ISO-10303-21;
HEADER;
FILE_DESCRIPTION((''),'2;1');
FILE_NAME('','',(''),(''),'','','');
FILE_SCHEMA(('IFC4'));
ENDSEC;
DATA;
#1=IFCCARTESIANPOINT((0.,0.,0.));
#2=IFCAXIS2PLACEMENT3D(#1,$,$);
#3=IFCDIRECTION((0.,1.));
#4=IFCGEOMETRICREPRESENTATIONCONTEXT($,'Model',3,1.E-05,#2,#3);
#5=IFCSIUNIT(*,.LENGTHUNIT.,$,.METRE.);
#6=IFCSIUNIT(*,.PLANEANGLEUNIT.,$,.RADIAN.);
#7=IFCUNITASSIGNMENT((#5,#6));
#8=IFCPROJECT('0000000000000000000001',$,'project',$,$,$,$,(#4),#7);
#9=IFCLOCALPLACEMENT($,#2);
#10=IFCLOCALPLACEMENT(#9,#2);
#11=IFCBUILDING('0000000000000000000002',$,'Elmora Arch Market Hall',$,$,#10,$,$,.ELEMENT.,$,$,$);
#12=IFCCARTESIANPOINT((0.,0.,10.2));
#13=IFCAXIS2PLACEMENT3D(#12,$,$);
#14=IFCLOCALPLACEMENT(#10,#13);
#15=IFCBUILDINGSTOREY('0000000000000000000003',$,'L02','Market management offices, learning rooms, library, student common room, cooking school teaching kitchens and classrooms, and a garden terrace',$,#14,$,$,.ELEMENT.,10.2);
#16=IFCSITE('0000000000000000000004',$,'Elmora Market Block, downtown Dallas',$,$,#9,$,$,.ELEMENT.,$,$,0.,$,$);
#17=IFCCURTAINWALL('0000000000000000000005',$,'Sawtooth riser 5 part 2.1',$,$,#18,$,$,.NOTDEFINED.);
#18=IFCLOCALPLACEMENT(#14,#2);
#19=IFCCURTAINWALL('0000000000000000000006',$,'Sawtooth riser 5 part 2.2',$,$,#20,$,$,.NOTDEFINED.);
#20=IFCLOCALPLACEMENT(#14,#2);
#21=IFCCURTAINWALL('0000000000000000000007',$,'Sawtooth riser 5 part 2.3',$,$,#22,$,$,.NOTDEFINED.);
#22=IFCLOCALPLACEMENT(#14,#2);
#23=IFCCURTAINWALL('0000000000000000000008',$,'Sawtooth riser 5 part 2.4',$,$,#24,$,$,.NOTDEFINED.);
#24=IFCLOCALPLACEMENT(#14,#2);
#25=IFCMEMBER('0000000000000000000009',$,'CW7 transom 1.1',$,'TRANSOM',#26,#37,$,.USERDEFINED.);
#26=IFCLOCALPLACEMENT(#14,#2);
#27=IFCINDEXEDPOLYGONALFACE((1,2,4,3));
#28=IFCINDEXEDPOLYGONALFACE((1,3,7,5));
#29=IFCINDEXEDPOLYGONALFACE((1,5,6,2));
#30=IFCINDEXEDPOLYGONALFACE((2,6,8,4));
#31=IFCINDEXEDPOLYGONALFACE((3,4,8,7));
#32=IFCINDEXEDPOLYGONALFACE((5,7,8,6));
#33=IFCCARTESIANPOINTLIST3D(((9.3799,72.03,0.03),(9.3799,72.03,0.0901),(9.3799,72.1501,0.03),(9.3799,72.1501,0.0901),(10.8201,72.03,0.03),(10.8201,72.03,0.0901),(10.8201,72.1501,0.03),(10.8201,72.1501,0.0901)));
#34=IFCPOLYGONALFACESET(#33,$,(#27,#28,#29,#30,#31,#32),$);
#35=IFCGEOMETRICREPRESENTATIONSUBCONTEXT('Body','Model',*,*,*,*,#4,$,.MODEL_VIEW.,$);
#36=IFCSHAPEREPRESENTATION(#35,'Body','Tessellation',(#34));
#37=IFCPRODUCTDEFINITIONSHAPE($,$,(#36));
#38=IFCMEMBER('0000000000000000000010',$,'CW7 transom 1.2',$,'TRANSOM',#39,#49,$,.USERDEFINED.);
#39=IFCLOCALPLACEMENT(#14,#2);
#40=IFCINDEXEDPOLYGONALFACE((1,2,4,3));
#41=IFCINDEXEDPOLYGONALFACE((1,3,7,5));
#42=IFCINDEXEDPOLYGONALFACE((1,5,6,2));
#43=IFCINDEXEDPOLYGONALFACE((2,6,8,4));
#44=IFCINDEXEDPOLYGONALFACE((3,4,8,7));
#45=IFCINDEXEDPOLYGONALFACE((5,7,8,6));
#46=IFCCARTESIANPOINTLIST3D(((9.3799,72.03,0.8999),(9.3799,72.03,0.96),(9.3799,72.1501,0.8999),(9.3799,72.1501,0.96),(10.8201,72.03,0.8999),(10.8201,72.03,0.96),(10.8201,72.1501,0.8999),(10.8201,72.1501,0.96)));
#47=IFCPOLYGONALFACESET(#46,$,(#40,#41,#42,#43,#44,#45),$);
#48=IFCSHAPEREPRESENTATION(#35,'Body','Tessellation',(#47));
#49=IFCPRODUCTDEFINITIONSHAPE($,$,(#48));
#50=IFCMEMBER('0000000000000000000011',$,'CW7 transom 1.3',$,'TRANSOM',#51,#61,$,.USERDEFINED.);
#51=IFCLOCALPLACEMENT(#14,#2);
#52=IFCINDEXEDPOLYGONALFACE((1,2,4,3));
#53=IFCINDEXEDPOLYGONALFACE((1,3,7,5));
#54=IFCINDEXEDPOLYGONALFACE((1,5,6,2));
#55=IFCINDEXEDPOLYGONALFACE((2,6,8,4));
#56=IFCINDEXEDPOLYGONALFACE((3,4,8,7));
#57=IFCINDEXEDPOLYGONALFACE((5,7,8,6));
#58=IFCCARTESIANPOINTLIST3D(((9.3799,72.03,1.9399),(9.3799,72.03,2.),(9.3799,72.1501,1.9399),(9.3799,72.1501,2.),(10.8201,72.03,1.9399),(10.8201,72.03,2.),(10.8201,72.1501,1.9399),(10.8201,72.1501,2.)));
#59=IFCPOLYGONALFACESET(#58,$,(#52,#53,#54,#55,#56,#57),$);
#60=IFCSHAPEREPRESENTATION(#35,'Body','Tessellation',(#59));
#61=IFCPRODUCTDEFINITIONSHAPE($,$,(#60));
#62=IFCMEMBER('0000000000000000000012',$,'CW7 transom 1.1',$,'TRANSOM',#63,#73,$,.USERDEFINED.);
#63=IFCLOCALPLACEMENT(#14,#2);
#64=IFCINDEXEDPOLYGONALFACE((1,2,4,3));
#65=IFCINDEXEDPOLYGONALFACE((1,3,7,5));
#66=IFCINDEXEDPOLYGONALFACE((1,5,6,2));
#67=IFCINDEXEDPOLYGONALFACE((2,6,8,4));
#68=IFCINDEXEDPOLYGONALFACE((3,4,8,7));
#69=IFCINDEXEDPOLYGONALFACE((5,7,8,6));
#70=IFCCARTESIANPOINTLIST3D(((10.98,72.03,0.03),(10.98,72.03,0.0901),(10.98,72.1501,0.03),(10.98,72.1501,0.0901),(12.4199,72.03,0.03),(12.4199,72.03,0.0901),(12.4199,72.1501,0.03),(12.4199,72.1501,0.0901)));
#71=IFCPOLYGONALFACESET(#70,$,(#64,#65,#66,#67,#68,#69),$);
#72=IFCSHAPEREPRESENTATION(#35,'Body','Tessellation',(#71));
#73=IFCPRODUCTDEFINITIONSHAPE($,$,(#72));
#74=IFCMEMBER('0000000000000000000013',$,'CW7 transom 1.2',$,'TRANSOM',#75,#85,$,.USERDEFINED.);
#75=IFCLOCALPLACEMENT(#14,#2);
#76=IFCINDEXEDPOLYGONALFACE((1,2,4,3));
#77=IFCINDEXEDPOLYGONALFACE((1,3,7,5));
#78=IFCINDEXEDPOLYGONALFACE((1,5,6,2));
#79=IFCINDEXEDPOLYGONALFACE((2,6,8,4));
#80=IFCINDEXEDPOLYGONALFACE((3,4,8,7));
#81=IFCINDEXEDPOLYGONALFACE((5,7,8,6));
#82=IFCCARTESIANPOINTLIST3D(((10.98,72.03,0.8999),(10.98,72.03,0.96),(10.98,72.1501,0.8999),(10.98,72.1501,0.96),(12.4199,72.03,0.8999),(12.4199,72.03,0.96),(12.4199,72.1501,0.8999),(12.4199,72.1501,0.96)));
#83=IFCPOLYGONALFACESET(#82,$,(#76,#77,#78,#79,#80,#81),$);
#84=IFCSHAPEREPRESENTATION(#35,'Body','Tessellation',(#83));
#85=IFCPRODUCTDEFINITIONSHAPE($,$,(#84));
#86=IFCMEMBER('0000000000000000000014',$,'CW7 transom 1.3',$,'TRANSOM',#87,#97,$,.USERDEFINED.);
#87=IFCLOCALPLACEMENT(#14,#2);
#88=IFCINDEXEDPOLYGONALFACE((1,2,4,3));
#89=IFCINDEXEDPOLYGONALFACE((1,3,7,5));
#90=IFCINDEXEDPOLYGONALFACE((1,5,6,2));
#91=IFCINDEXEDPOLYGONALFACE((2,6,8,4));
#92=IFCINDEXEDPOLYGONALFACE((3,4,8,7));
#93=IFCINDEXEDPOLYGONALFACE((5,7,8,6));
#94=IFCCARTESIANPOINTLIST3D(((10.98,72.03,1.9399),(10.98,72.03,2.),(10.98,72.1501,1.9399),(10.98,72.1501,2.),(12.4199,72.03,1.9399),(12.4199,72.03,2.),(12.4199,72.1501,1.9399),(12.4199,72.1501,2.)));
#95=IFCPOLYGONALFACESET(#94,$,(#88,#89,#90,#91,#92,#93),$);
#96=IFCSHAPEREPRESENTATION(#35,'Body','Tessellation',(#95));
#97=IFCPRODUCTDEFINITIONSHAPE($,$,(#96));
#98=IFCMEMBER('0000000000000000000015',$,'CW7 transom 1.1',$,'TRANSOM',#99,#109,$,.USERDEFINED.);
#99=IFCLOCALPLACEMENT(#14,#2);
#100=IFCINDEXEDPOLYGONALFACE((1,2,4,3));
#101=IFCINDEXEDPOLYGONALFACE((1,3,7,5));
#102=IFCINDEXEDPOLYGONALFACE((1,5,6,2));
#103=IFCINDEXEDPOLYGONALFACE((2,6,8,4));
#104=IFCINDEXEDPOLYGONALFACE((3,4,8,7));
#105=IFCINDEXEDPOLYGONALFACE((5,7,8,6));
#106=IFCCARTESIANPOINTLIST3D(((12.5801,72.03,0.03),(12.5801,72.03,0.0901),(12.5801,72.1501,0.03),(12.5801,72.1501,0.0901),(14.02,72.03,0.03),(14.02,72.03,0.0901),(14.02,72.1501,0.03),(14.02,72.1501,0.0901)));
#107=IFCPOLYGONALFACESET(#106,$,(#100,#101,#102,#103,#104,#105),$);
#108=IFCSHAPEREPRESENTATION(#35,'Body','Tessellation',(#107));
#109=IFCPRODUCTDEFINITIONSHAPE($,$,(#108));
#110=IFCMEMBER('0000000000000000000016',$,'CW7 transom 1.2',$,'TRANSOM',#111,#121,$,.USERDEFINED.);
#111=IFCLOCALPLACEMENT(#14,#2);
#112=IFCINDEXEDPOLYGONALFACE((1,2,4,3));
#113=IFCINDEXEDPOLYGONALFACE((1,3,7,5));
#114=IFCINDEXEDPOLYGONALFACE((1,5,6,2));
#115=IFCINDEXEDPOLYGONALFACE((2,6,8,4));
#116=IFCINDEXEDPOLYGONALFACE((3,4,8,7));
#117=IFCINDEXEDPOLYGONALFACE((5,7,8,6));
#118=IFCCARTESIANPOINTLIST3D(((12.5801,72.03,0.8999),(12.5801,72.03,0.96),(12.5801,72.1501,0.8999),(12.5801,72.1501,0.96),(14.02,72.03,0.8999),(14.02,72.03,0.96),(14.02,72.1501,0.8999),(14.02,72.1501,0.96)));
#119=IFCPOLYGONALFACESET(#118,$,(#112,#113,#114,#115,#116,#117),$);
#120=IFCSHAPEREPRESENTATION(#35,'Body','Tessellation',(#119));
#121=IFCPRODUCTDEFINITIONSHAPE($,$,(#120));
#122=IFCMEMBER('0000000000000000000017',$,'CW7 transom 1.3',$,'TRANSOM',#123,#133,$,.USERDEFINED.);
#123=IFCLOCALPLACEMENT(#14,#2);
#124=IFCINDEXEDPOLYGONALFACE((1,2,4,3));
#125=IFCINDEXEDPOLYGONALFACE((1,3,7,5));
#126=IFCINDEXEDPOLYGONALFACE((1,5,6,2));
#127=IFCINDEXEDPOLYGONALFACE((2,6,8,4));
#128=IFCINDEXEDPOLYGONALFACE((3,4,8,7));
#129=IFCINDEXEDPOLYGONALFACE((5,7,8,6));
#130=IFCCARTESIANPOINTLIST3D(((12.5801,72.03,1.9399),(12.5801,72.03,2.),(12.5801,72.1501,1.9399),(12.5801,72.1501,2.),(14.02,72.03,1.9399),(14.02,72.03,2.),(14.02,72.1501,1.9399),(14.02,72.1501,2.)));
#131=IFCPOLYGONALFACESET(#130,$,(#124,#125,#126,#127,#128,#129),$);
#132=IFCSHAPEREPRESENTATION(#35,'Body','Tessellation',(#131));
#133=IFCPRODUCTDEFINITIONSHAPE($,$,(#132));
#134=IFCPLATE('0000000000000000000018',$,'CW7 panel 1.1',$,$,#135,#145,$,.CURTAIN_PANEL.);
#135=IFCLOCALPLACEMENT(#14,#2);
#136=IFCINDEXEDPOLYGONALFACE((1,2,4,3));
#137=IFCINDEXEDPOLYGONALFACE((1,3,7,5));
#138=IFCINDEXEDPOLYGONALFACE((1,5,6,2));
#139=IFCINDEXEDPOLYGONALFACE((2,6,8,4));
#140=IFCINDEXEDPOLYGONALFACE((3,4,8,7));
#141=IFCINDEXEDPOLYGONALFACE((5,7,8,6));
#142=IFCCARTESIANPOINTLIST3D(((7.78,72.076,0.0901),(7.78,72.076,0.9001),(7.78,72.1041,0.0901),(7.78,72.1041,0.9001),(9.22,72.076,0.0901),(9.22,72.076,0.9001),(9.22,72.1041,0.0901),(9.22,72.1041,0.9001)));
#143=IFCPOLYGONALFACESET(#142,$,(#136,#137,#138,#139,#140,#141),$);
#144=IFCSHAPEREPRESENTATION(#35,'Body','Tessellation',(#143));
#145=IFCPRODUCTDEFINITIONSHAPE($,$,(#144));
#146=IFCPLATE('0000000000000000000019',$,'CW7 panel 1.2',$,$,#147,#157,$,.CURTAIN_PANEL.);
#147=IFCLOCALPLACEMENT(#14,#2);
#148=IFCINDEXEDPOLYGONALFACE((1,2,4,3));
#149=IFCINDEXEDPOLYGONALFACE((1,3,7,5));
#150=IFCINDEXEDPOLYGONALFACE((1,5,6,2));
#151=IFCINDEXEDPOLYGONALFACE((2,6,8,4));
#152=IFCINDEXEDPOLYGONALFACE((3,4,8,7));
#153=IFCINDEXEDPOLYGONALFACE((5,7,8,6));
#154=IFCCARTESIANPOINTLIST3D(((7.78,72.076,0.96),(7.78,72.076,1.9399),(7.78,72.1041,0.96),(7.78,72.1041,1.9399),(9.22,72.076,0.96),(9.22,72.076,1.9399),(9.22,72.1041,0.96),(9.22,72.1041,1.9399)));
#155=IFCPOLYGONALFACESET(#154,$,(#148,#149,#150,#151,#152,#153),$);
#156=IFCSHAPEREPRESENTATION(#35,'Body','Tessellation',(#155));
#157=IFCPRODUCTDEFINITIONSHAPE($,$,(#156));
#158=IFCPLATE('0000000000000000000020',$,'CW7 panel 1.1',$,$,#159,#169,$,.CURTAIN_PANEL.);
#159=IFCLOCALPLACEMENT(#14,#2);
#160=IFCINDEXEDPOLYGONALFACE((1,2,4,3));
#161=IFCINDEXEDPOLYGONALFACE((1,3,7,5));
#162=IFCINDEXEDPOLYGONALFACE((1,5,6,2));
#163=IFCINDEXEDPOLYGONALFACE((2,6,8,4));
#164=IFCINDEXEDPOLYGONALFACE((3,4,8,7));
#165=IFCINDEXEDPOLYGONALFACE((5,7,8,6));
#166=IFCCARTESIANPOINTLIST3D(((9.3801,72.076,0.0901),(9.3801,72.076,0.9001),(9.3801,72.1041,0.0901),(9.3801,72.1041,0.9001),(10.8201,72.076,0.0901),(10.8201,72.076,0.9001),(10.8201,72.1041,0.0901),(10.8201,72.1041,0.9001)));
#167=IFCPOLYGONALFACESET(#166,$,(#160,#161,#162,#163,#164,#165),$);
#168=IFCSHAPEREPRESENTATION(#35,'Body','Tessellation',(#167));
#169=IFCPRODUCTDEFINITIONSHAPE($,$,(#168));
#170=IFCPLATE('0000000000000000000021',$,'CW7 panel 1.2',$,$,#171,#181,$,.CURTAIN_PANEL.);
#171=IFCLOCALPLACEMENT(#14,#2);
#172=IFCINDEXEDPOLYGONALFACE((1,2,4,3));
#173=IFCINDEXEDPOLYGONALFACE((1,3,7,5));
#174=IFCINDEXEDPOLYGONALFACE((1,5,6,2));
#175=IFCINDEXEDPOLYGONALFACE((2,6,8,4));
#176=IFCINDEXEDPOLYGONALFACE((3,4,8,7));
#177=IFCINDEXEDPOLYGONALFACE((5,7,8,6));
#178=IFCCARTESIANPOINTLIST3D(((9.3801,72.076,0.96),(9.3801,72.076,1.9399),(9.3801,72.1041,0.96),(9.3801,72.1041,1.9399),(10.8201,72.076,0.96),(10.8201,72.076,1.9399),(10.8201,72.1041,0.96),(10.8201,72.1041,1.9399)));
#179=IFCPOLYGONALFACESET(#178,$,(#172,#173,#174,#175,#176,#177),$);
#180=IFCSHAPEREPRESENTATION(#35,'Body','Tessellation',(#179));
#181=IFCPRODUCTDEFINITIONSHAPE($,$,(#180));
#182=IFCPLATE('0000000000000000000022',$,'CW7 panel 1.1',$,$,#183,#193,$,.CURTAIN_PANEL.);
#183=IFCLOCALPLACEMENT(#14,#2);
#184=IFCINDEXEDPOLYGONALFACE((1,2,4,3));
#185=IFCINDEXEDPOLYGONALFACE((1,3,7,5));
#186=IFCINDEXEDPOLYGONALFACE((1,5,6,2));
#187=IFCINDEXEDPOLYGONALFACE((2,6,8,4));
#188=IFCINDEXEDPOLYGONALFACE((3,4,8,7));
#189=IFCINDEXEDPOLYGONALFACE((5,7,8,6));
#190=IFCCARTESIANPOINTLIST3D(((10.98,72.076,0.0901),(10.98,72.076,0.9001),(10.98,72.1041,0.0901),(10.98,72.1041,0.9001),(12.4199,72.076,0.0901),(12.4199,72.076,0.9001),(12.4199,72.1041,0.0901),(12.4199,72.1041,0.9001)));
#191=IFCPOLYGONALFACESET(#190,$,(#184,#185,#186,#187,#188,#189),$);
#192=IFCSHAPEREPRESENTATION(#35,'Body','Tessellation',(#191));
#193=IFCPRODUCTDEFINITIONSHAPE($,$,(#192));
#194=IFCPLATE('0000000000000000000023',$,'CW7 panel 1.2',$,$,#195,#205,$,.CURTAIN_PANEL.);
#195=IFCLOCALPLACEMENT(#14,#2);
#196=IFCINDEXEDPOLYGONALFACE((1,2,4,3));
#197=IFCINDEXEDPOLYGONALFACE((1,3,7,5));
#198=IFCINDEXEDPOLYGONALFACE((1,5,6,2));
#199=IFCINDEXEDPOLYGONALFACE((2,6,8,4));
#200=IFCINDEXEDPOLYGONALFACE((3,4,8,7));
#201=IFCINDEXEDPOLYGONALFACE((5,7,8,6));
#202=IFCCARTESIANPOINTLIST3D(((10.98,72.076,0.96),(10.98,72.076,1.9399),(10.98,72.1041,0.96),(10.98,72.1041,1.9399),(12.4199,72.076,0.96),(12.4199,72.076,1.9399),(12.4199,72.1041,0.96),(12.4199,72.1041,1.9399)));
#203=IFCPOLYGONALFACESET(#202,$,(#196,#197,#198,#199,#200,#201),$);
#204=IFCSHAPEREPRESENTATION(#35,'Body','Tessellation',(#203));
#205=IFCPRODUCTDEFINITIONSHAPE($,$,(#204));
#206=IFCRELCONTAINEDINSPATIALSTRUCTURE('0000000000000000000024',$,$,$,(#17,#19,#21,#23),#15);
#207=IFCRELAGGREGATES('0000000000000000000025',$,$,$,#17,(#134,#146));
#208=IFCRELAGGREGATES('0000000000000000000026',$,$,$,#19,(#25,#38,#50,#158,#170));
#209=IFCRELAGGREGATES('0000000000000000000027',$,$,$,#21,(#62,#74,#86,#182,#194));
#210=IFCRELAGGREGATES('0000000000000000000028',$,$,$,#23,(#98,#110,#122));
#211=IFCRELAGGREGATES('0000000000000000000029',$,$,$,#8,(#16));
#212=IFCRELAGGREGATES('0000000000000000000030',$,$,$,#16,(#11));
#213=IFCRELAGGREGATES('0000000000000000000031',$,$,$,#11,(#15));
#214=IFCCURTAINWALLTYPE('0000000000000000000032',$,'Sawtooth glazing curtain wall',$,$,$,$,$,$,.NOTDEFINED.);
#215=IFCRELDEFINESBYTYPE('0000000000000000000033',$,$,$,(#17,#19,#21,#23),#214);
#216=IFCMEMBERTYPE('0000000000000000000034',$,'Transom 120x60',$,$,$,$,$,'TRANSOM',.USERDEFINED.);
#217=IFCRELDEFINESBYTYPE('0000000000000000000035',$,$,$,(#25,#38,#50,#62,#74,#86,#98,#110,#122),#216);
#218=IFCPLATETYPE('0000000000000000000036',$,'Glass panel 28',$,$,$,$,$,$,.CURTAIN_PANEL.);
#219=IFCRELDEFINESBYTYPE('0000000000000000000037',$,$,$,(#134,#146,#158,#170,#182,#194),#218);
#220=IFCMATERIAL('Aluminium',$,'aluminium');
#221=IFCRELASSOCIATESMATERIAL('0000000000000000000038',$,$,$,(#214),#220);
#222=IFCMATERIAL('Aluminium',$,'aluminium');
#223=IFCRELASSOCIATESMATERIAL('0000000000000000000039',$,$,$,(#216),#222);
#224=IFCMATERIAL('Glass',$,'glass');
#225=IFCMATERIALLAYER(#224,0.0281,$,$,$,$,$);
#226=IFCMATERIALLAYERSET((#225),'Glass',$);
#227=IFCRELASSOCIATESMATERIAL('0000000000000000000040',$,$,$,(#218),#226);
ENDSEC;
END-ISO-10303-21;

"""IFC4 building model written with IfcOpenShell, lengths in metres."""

from ifc_helpers import new_model, si_unit, direction, frame, origin, origin_2d, place, context, subcontext, project, spatial, rectangle, extrude, material, layer, layer_set, material_profile, profile_set, type_object, element, aggregate, save


model = new_model("IFC4")

# Units and contexts
model_context = context("Model", 3, precision=1e-05, world=origin(), true_north=direction((0.0, 1.0)))
body_context = subcontext(model_context, "Body", "Model", "MODEL_VIEW")
ifc_project = project(units=[si_unit("LENGTHUNIT", "METRE"), si_unit("PLANEANGLEUNIT", "RADIAN")], contexts=[model_context])

# Site, building, storey
site_placement = place(None, origin())
site = spatial("IfcSite", under=ifc_project, at=site_placement, Name="Elmora Market Block, downtown Dallas", CompositionType="ELEMENT", RefElevation=0.0)
building_placement = place(site_placement, origin())
building = spatial("IfcBuilding", under=site, at=building_placement, Name="Elmora Arch Market Hall", CompositionType="ELEMENT")
storey_placement = place(building_placement, frame((0.0, 0.0, 10.2)))
storey = spatial("IfcBuildingStorey", under=building, at=storey_placement, Name="L02", Description="Market management offices, learning rooms, library, student common room, cooking school teaching kitchens and classrooms, and a garden terrace", CompositionType="ELEMENT", Elevation=10.2)

# Shared definitions
ifc_material_1 = material(Name="Aluminium", Category="aluminium")
curtain_wall_type = type_object("IfcCurtainWallType", Name="Sawtooth glazing curtain wall", PredefinedType="NOTDEFINED", material=ifc_material_1)

# Curtain walls
curtain_wall_1_placement = place(storey_placement, origin())
curtain_wall_1 = element("IfcCurtainWall", 1, at=curtain_wall_1_placement, inside=storey, type_object=curtain_wall_type, Name="Sawtooth riser 5 part 2.1", PredefinedType="NOTDEFINED")
curtain_wall_2_placement = place(storey_placement, origin())
curtain_wall_2 = element("IfcCurtainWall", 2, at=curtain_wall_2_placement, inside=storey, type_object=curtain_wall_type, Name="Sawtooth riser 5 part 2.2", PredefinedType="NOTDEFINED")
curtain_wall_3_placement = place(storey_placement, origin())
curtain_wall_3 = element("IfcCurtainWall", 3, at=curtain_wall_3_placement, inside=storey, type_object=curtain_wall_type, Name="Sawtooth riser 5 part 2.3", PredefinedType="NOTDEFINED")
curtain_wall_4_placement = place(storey_placement, origin())
curtain_wall_4 = element("IfcCurtainWall", 4, at=curtain_wall_4_placement, inside=storey, type_object=curtain_wall_type, Name="Sawtooth riser 5 part 2.4", PredefinedType="NOTDEFINED")

# Members
ifc_material_2 = material(Name="Aluminium", Category="aluminium")
ifc_material_profile_1 = material_profile(ifc_material_2, rectangle(XDim=0.1201, YDim=0.0601, at=origin_2d()), Name="AL 120x60")
ifc_profile_set_1 = profile_set([ifc_material_profile_1], Name="Aluminium")
member_type_1 = type_object("IfcMemberType", Name="Transom 120x60", ElementType="TRANSOM", PredefinedType="USERDEFINED", material=ifc_profile_set_1)
member_1_placement = place(storey_placement, frame((9.3799, 72.0901, 0.0601), z_axis=(1.0, 0.0, 0.0), x_axis=(0.0, 1.0, 0.0)))
member_1 = element("IfcMember", 5, at=member_1_placement, type_object=member_type_1, Name="CW7 transom 1.1", ObjectType="TRANSOM", PredefinedType="USERDEFINED", context=body_context, shape_type="SweptSolid", body=[
    extrude(rectangle(XDim=0.1201, YDim=0.0601, at=origin_2d()), origin(), (0.0, 0.0, 1.0), 1.4402),
])
member_2_placement = place(storey_placement, frame((9.3799, 72.0901, 0.9299), z_axis=(1.0, 0.0, 0.0), x_axis=(0.0, 1.0, 0.0)))
member_2 = element("IfcMember", 6, at=member_2_placement, type_object=member_type_1, Name="CW7 transom 1.2", ObjectType="TRANSOM", PredefinedType="USERDEFINED", context=body_context, shape_type="SweptSolid", body=[
    extrude(rectangle(XDim=0.1201, YDim=0.0601, at=origin_2d()), origin(), (0.0, 0.0, 1.0), 1.4402),
])
member_3_placement = place(storey_placement, frame((9.3799, 72.0901, 1.97), z_axis=(1.0, 0.0, 0.0), x_axis=(0.0, 1.0, 0.0)))
member_3 = element("IfcMember", 7, at=member_3_placement, type_object=member_type_1, Name="CW7 transom 1.3", ObjectType="TRANSOM", PredefinedType="USERDEFINED", context=body_context, shape_type="SweptSolid", body=[
    extrude(rectangle(XDim=0.1201, YDim=0.0601, at=origin_2d()), origin(), (0.0, 0.0, 1.0), 1.4402),
])
member_4_placement = place(storey_placement, frame((10.98, 72.0901, 0.0601), z_axis=(1.0, 0.0, 0.0), x_axis=(0.0, 1.0, 0.0)))
member_4 = element("IfcMember", 8, at=member_4_placement, type_object=member_type_1, Name="CW7 transom 1.1", ObjectType="TRANSOM", PredefinedType="USERDEFINED", context=body_context, shape_type="SweptSolid", body=[
    extrude(rectangle(XDim=0.1201, YDim=0.0601, at=origin_2d()), origin(), (0.0, 0.0, 1.0), 1.4399),
])
member_5_placement = place(storey_placement, frame((10.98, 72.0901, 0.9299), z_axis=(1.0, 0.0, 0.0), x_axis=(0.0, 1.0, 0.0)))
member_5 = element("IfcMember", 9, at=member_5_placement, type_object=member_type_1, Name="CW7 transom 1.2", ObjectType="TRANSOM", PredefinedType="USERDEFINED", context=body_context, shape_type="SweptSolid", body=[
    extrude(rectangle(XDim=0.1201, YDim=0.0601, at=origin_2d()), origin(), (0.0, 0.0, 1.0), 1.4399),
])
member_6_placement = place(storey_placement, frame((10.98, 72.0901, 1.97), z_axis=(1.0, 0.0, 0.0), x_axis=(0.0, 1.0, 0.0)))
member_6 = element("IfcMember", 10, at=member_6_placement, type_object=member_type_1, Name="CW7 transom 1.3", ObjectType="TRANSOM", PredefinedType="USERDEFINED", context=body_context, shape_type="SweptSolid", body=[
    extrude(rectangle(XDim=0.1201, YDim=0.0601, at=origin_2d()), origin(), (0.0, 0.0, 1.0), 1.4399),
])
member_7_placement = place(storey_placement, frame((12.5801, 72.0901, 0.0601), z_axis=(1.0, 0.0, 0.0), x_axis=(0.0, 1.0, 0.0)))
member_7 = element("IfcMember", 11, at=member_7_placement, type_object=member_type_1, Name="CW7 transom 1.1", ObjectType="TRANSOM", PredefinedType="USERDEFINED", context=body_context, shape_type="SweptSolid", body=[
    extrude(rectangle(XDim=0.1201, YDim=0.0601, at=origin_2d()), origin(), (0.0, 0.0, 1.0), 1.4399),
])
member_8_placement = place(storey_placement, frame((12.5801, 72.0901, 0.9299), z_axis=(1.0, 0.0, 0.0), x_axis=(0.0, 1.0, 0.0)))
member_8 = element("IfcMember", 12, at=member_8_placement, type_object=member_type_1, Name="CW7 transom 1.2", ObjectType="TRANSOM", PredefinedType="USERDEFINED", context=body_context, shape_type="SweptSolid", body=[
    extrude(rectangle(XDim=0.1201, YDim=0.0601, at=origin_2d()), origin(), (0.0, 0.0, 1.0), 1.4399),
])
member_9_placement = place(storey_placement, frame((12.5801, 72.0901, 1.97), z_axis=(1.0, 0.0, 0.0), x_axis=(0.0, 1.0, 0.0)))
member_9 = element("IfcMember", 13, at=member_9_placement, type_object=member_type_1, Name="CW7 transom 1.3", ObjectType="TRANSOM", PredefinedType="USERDEFINED", context=body_context, shape_type="SweptSolid", body=[
    extrude(rectangle(XDim=0.1201, YDim=0.0601, at=origin_2d()), origin(), (0.0, 0.0, 1.0), 1.4399),
])

# Plates
ifc_material_3 = material(Name="Glass", Category="glass")
ifc_layer = layer(ifc_material_3, 0.0281)
ifc_layer_set = layer_set([ifc_layer], Name="Glass")
plate_type = type_object("IfcPlateType", Name="Glass panel 28", PredefinedType="CURTAIN_PANEL", material=ifc_layer_set)
plate_1_placement = place(storey_placement, frame((8.5, 72.0901, 0.0901), z_axis=(0.0, 0.0, 1.0), x_axis=(1.0, 0.0, 0.0)))
plate_1 = element("IfcPlate", 14, at=plate_1_placement, type_object=plate_type, Name="CW7 panel 1.1", PredefinedType="CURTAIN_PANEL", context=body_context, shape_type="SweptSolid", body=[
    extrude(rectangle(XDim=1.4399, YDim=0.0281, at=origin_2d()), origin(), (0.0, 0.0, 1.0), 0.8101),
])
plate_2_placement = place(storey_placement, frame((8.5, 72.0901, 0.96), z_axis=(0.0, 0.0, 1.0), x_axis=(1.0, 0.0, 0.0)))
plate_2 = element("IfcPlate", 15, at=plate_2_placement, type_object=plate_type, Name="CW7 panel 1.2", PredefinedType="CURTAIN_PANEL", context=body_context, shape_type="SweptSolid", body=[
    extrude(rectangle(XDim=1.4399, YDim=0.0281, at=origin_2d()), origin(), (0.0, 0.0, 1.0), 0.98),
])
aggregate(curtain_wall_1, [plate_1, plate_2])
plate_3_placement = place(storey_placement, frame((10.1001, 72.0901, 0.0901), z_axis=(0.0, 0.0, 1.0), x_axis=(1.0, 0.0, 0.0)))
plate_3 = element("IfcPlate", 16, at=plate_3_placement, type_object=plate_type, Name="CW7 panel 1.1", PredefinedType="CURTAIN_PANEL", context=body_context, shape_type="SweptSolid", body=[
    extrude(rectangle(XDim=1.4399, YDim=0.0281, at=origin_2d()), origin(), (0.0, 0.0, 1.0), 0.8101),
])
plate_4_placement = place(storey_placement, frame((10.1001, 72.0901, 0.96), z_axis=(0.0, 0.0, 1.0), x_axis=(1.0, 0.0, 0.0)))
plate_4 = element("IfcPlate", 17, at=plate_4_placement, type_object=plate_type, Name="CW7 panel 1.2", PredefinedType="CURTAIN_PANEL", context=body_context, shape_type="SweptSolid", body=[
    extrude(rectangle(XDim=1.4399, YDim=0.0281, at=origin_2d()), origin(), (0.0, 0.0, 1.0), 0.98),
])
aggregate(curtain_wall_2, [member_1, member_2, member_3, plate_3, plate_4])
plate_5_placement = place(storey_placement, frame((11.7, 72.0901, 0.0901), z_axis=(0.0, 0.0, 1.0), x_axis=(1.0, 0.0, 0.0)))
plate_5 = element("IfcPlate", 18, at=plate_5_placement, type_object=plate_type, Name="CW7 panel 1.1", PredefinedType="CURTAIN_PANEL", context=body_context, shape_type="SweptSolid", body=[
    extrude(rectangle(XDim=1.4399, YDim=0.0281, at=origin_2d()), origin(), (0.0, 0.0, 1.0), 0.8101),
])
plate_6_placement = place(storey_placement, frame((11.7, 72.0901, 0.96), z_axis=(0.0, 0.0, 1.0), x_axis=(1.0, 0.0, 0.0)))
plate_6 = element("IfcPlate", 19, at=plate_6_placement, type_object=plate_type, Name="CW7 panel 1.2", PredefinedType="CURTAIN_PANEL", context=body_context, shape_type="SweptSolid", body=[
    extrude(rectangle(XDim=1.4399, YDim=0.0281, at=origin_2d()), origin(), (0.0, 0.0, 1.0), 0.98),
])
aggregate(curtain_wall_3, [member_4, member_5, member_6, plate_5, plate_6])
aggregate(curtain_wall_4, [member_7, member_8, member_9])

save(model, "model.ifc")
